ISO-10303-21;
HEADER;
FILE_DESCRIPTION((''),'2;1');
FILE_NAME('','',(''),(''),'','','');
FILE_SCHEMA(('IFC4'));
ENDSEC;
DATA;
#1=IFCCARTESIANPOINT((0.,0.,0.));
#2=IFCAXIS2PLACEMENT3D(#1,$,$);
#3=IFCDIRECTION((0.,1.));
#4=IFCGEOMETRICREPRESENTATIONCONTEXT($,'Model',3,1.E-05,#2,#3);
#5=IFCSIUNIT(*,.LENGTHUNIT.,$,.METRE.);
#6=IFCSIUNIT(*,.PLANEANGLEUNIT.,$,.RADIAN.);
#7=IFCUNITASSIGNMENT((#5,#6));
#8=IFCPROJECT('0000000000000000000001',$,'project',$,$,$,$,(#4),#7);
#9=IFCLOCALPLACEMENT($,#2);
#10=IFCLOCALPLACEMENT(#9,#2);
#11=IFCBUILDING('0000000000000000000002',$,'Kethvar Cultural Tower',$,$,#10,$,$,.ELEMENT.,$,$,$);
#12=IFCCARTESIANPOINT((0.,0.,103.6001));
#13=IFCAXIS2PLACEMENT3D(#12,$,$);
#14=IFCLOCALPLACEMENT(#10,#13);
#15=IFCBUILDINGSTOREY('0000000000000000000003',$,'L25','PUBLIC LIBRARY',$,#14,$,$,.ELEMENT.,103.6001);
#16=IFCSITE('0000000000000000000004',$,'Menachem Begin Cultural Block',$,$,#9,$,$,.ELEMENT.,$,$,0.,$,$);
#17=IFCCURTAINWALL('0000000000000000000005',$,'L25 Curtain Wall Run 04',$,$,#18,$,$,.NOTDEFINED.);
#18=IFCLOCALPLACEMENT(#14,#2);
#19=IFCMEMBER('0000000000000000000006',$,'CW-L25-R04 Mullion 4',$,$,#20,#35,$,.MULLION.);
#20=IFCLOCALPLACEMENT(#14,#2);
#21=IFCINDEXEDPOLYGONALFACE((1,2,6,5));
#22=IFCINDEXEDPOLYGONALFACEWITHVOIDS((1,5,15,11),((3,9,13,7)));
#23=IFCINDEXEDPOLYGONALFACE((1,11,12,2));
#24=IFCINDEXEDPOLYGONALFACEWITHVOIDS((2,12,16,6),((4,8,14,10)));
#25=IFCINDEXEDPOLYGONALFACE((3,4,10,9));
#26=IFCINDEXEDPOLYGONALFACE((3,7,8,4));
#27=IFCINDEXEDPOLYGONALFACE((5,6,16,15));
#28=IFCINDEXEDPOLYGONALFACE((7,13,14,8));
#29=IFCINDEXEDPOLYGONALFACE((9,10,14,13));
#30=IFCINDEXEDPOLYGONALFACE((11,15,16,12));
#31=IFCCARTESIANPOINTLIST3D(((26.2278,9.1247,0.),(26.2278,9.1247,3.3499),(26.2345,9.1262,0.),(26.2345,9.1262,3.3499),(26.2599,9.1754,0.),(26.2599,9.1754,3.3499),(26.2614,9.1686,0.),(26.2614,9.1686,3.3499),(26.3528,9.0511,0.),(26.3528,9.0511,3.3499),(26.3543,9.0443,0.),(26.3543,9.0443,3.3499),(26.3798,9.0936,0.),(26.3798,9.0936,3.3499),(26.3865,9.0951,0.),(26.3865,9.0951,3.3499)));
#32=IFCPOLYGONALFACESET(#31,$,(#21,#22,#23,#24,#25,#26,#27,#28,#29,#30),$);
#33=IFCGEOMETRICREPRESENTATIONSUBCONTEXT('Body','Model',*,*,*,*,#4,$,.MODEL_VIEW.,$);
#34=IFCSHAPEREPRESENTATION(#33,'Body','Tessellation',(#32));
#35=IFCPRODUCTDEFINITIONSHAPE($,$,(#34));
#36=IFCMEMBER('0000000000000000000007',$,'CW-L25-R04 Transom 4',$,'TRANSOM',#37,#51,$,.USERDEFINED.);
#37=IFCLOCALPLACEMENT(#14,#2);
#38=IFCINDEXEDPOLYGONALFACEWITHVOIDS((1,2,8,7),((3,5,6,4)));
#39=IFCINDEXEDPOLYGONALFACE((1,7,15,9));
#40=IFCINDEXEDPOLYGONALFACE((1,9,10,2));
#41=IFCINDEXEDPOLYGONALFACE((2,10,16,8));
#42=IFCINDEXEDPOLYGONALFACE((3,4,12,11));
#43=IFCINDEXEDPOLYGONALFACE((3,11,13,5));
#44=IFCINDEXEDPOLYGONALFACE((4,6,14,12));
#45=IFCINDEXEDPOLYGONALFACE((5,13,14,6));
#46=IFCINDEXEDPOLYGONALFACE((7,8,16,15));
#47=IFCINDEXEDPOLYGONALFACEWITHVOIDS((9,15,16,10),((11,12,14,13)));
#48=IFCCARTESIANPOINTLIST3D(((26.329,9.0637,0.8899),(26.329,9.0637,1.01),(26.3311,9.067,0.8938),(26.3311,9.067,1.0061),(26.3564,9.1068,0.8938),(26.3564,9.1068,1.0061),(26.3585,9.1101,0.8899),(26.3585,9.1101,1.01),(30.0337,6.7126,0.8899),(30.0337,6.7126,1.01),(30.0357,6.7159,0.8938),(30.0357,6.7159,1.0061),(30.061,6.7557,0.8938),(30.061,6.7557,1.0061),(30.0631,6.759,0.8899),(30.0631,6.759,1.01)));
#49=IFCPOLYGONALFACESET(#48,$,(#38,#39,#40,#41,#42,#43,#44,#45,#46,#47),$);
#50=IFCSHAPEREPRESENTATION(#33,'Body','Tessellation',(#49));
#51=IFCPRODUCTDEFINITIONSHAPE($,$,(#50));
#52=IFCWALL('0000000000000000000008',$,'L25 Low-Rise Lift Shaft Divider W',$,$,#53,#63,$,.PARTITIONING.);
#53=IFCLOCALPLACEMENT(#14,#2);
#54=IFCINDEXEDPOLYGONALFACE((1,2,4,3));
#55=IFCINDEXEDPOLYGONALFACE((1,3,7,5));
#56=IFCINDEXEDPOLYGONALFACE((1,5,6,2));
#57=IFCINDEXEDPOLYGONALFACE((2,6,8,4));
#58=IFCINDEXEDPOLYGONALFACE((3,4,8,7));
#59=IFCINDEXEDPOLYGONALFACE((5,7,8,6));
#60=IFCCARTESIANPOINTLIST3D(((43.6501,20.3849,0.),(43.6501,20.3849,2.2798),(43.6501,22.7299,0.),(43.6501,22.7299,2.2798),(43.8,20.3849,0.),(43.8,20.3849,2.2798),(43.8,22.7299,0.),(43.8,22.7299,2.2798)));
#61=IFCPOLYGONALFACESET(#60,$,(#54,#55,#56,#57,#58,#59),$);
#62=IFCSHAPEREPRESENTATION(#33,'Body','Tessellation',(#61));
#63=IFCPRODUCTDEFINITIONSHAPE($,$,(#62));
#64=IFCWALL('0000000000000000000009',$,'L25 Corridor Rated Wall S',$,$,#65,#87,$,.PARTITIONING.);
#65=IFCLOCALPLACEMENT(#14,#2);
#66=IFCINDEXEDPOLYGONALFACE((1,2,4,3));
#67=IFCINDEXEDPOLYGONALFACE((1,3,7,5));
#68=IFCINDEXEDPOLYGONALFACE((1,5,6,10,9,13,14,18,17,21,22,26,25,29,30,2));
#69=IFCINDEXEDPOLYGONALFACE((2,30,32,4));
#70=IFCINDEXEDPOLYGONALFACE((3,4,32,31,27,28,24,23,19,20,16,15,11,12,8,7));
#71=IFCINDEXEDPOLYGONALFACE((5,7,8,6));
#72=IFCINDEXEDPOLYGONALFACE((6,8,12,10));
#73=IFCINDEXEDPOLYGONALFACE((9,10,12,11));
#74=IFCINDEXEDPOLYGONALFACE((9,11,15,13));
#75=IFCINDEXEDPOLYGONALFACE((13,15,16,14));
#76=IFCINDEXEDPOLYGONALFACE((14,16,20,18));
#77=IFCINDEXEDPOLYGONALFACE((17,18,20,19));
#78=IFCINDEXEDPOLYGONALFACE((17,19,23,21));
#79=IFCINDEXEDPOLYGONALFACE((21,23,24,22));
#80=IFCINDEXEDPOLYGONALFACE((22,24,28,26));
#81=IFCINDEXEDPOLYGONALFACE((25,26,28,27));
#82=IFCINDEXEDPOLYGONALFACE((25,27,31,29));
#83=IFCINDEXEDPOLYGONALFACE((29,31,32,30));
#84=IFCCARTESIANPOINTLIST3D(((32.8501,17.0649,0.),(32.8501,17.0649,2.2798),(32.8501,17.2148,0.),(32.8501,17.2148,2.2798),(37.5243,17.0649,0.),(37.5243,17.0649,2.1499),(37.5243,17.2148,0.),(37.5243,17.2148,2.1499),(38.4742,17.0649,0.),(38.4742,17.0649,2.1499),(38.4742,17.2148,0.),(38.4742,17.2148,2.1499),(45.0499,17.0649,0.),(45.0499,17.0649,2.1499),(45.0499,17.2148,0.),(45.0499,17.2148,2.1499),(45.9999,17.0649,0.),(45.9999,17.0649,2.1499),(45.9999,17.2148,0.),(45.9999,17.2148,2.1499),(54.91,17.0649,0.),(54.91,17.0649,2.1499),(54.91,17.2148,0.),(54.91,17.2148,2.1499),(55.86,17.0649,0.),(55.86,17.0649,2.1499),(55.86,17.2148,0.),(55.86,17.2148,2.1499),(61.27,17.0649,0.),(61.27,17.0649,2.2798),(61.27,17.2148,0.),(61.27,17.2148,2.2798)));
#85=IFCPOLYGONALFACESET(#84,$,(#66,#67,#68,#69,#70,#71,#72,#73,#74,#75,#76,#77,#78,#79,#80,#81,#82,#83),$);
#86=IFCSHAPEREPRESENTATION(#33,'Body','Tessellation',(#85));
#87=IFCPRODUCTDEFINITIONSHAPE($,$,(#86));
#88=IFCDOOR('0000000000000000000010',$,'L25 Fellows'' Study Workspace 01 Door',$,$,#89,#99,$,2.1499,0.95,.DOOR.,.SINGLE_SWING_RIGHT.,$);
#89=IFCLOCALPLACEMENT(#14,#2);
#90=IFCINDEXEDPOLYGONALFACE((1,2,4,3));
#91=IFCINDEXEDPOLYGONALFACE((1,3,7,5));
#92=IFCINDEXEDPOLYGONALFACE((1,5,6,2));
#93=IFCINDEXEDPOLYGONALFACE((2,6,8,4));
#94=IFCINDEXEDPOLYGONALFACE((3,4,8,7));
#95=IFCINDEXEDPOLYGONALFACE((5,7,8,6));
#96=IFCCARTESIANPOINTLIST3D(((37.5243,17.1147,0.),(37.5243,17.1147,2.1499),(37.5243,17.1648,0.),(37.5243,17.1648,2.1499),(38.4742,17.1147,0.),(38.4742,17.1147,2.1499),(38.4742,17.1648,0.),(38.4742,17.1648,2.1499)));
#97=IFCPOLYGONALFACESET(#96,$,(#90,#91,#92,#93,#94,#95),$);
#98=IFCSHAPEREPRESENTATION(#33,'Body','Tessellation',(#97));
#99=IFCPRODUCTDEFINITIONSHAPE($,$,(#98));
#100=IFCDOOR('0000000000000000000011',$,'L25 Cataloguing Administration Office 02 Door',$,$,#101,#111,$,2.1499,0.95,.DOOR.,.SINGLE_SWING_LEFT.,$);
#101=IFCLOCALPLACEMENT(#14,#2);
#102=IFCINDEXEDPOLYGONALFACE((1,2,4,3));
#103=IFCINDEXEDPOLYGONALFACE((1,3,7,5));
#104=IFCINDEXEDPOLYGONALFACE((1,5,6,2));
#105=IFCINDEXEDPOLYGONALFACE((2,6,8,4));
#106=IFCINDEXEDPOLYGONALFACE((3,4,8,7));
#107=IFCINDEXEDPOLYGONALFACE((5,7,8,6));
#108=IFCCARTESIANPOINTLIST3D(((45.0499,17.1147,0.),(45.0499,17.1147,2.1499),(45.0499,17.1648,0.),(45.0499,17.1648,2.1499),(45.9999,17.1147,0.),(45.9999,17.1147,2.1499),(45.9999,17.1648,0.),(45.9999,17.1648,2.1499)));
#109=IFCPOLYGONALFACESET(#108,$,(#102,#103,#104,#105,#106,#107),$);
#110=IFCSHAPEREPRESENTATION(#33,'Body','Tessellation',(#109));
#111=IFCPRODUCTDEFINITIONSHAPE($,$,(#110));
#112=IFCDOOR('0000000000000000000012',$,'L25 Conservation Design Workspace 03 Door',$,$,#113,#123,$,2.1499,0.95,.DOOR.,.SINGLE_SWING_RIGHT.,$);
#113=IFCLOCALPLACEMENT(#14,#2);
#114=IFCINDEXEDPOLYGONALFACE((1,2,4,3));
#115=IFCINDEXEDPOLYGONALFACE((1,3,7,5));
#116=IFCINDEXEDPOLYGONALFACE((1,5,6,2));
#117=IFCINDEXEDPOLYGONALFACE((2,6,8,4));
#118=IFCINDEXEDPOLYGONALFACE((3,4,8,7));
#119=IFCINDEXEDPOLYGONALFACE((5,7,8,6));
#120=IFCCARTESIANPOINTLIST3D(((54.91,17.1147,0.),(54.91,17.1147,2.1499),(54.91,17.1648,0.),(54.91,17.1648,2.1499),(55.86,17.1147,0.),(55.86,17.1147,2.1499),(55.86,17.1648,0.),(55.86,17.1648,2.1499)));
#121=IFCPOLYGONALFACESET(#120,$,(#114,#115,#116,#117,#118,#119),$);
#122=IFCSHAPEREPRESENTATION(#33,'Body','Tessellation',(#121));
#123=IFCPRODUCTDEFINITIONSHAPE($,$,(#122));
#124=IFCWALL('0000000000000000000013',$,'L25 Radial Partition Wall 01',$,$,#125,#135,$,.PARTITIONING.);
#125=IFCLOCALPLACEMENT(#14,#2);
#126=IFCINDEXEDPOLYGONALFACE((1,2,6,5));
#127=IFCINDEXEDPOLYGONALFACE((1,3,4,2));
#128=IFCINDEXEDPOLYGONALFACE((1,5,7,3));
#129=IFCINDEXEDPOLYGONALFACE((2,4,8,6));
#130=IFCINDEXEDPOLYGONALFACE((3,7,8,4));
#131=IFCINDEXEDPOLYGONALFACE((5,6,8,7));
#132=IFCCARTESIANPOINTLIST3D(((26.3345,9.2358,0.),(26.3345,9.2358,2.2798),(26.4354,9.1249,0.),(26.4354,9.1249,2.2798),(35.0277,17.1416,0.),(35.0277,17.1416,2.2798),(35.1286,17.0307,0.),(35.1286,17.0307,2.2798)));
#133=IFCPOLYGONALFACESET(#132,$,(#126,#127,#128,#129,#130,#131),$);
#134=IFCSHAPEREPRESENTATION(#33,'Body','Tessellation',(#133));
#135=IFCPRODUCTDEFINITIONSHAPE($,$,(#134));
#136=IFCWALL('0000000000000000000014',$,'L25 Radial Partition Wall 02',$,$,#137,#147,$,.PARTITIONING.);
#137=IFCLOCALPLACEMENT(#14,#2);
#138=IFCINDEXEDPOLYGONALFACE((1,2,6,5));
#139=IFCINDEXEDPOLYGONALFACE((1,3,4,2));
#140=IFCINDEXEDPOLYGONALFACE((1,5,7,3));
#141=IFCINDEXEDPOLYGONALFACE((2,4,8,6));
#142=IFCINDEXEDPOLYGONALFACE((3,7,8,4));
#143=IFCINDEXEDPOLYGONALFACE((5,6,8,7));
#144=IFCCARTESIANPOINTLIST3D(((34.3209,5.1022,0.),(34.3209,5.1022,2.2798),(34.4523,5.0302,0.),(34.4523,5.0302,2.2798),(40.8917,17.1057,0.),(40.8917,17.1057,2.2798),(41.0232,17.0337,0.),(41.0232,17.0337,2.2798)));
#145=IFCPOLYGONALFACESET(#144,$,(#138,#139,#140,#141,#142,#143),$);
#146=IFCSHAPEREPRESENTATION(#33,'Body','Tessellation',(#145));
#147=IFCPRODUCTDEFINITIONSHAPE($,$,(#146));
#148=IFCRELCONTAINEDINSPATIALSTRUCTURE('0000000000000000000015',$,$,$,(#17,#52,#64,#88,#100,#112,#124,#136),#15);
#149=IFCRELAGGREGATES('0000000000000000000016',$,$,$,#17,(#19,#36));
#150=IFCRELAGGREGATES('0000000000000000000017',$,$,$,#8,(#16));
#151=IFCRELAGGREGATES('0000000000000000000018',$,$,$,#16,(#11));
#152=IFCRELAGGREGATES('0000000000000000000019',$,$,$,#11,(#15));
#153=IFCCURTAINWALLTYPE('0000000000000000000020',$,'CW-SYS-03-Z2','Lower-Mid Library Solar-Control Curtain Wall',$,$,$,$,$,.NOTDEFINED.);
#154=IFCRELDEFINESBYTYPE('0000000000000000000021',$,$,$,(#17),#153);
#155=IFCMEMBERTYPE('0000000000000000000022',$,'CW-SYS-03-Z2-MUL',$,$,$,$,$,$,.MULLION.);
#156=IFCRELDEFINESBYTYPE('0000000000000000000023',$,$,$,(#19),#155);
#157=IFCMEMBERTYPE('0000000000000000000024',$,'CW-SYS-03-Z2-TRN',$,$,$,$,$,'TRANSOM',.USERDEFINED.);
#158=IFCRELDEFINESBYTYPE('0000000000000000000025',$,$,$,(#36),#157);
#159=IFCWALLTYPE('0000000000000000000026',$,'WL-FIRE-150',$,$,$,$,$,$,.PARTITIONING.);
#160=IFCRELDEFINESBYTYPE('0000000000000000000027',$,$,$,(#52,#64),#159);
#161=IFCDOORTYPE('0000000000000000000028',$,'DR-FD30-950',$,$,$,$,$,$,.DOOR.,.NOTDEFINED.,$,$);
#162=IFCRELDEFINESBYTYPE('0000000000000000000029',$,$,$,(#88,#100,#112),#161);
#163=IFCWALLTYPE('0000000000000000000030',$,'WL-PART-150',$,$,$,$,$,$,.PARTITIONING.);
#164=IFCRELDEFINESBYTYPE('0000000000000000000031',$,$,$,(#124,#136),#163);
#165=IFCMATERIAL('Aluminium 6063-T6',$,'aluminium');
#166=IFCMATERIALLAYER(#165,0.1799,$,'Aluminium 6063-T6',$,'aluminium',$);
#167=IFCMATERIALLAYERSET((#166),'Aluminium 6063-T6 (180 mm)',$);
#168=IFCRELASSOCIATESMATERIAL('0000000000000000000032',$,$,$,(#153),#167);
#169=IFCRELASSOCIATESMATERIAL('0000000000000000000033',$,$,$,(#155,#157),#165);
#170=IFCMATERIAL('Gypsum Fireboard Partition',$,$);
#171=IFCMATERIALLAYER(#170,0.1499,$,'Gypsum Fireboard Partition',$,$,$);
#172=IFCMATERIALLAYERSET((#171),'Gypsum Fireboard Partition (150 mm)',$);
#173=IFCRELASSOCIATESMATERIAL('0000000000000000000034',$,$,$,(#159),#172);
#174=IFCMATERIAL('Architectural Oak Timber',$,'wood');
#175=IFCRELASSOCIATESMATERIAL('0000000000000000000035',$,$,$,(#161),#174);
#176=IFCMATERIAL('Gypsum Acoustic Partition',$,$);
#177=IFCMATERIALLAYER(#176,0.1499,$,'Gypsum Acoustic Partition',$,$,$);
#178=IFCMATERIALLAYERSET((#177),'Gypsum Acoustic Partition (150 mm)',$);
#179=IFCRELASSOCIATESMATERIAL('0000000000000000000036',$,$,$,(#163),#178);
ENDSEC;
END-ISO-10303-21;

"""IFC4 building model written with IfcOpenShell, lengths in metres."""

from ifc_helpers import new_model, si_unit, direction, frame, frame_2d, origin, origin_2d, place, context, subcontext, project, spatial, rectangle, hollow_rectangle, extrude, source, transform, mapped, material, layer, layer_set, material_profile, profile_set, type_object, element, fill, aggregate, save


model = new_model("IFC4")

# Units and contexts
model_context = context("Model", 3, precision=1e-05, world=origin(), true_north=direction((0.0, 1.0)))
body_context = subcontext(model_context, "Body", "Model", "MODEL_VIEW")
ifc_project = project(units=[si_unit("LENGTHUNIT", "METRE"), si_unit("PLANEANGLEUNIT", "RADIAN")], contexts=[model_context])

# Site, building, storey
site_placement = place(None, origin())
site = spatial("IfcSite", under=ifc_project, at=site_placement, Name="Menachem Begin Cultural Block", CompositionType="ELEMENT", RefElevation=0.0)
building_placement = place(site_placement, origin())
building = spatial("IfcBuilding", under=site, at=building_placement, Name="Kethvar Cultural Tower", CompositionType="ELEMENT")
storey_placement = place(building_placement, frame((0.0, 0.0, 103.6001)))
storey = spatial("IfcBuildingStorey", under=building, at=storey_placement, Name="L25", Description="PUBLIC LIBRARY", CompositionType="ELEMENT", Elevation=103.6001)

# Curtain wall, members
ifc_material_1 = material(Name="Aluminium 6063-T6", Category="aluminium")
ifc_layer_1 = layer(ifc_material_1, 0.1799, Name="Aluminium 6063-T6", Category="aluminium")
ifc_layer_set_1 = layer_set([ifc_layer_1], Name="Aluminium 6063-T6 (180 mm)")
curtain_wall_type = type_object("IfcCurtainWallType", Name="CW-SYS-03-Z2", Description="Lower-Mid Library Solar-Control Curtain Wall", PredefinedType="NOTDEFINED", material=ifc_layer_set_1)
curtain_wall_placement = place(storey_placement, origin())
curtain_wall = element("IfcCurtainWall", 1, at=curtain_wall_placement, inside=storey, type_object=curtain_wall_type, Name="L25 Curtain Wall Run 04", PredefinedType="NOTDEFINED")
ifc_material_profile_1 = material_profile(ifc_material_1, hollow_rectangle(XDim=0.0601, YDim=0.1499, WallThickness=0.0049, at=origin_2d()), Name="Aluminium 6063-T6 — RHS150x60x5")
ifc_profile_set_1 = profile_set([ifc_material_profile_1], Name="Aluminium 6063-T6 — RHS150x60x5")
member_type_1 = type_object("IfcMemberType", Name="CW-SYS-03-Z2-MUL", PredefinedType="MULLION", material=ifc_profile_set_1)
shared_shape_1 = source(origin(), body_context, "Body", "SweptSolid", [
    extrude(hollow_rectangle(XDim=0.0601, YDim=0.1499, WallThickness=0.0049, at=origin_2d()), origin(), (0.0, 0.0, 1.0), 3.3499),
])
member_1_placement = place(storey_placement, frame((26.3071, 9.1099, 0.0), z_axis=(0.0, 0.0, 1.0), x_axis=(0.535797, 0.844347, 0.0)))
member_1 = element("IfcMember", 2, at=member_1_placement, type_object=member_type_1, Name="CW-L25-R04 Mullion 4", PredefinedType="MULLION", context=body_context, shape_type="MappedRepresentation", body=[
    mapped(shared_shape_1, transform((0.0, 0.0, 0.0), scale=1.0)),
])
ifc_material_profile_2 = material_profile(ifc_material_1, hollow_rectangle(XDim=0.0549, YDim=0.1201, WallThickness=0.0039, at=origin_2d()), Name="Aluminium 6063-T6 — RHS120x55x4")
ifc_profile_set_2 = profile_set([ifc_material_profile_2], Name="Aluminium 6063-T6 — RHS120x55x4")
member_type_2 = type_object("IfcMemberType", Name="CW-SYS-03-Z2-TRN", ElementType="TRANSOM", PredefinedType="USERDEFINED", material=ifc_profile_set_2)
shared_shape_2 = source(origin(), body_context, "Body", "SweptSolid", [
    extrude(hollow_rectangle(XDim=0.0549, YDim=0.1201, WallThickness=0.0039, at=origin_2d()), origin(), (0.0, 0.0, 1.0), 4.3877),
])
member_2_placement = place(storey_placement, frame((26.3438, 9.0869, 0.95), z_axis=(0.844321, -0.535838, 0.0), x_axis=(0.535838, 0.844321, 0.0)))
member_2 = element("IfcMember", 3, at=member_2_placement, type_object=member_type_2, Name="CW-L25-R04 Transom 4", ObjectType="TRANSOM", PredefinedType="USERDEFINED", context=body_context, shape_type="MappedRepresentation", body=[
    mapped(shared_shape_2, transform((0.0, 0.0, 0.0), scale=1.0)),
])
aggregate(curtain_wall, [member_1, member_2])

# Wall
ifc_material_2 = material(Name="Gypsum Fireboard Partition")
ifc_layer_2 = layer(ifc_material_2, 0.1499, Name="Gypsum Fireboard Partition")
ifc_layer_set_2 = layer_set([ifc_layer_2], Name="Gypsum Fireboard Partition (150 mm)")
wall_type_1 = type_object("IfcWallType", Name="WL-FIRE-150", PredefinedType="PARTITIONING", material=ifc_layer_set_2)
wall_1_placement = place(storey_placement, frame((43.7251, 20.385, 0.0), z_axis=(0.0, 0.0, 1.0), x_axis=(0.0, 1.0, 0.0)))
element("IfcWall", 4, at=wall_1_placement, inside=storey, type_object=wall_type_1, Name="L25 Low-Rise Lift Shaft Divider W", PredefinedType="PARTITIONING", context=body_context, shape_type="SweptSolid", body=[
    extrude(rectangle(XDim=2.345, YDim=0.1499, at=frame_2d((1.1724, 0.0))), origin(), (0.0, 0.0, 1.0), 2.2798),
])

# Wall, openings, doors
wall_2_placement = place(storey_placement, frame((32.8501, 17.1399, 0.0), z_axis=(0.0, 0.0, 1.0), x_axis=(1.0, 0.0, 0.0)))
wall_2 = element("IfcWall", 5, at=wall_2_placement, inside=storey, type_object=wall_type_1, Name="L25 Corridor Rated Wall S", PredefinedType="PARTITIONING", context=body_context, shape_type="SweptSolid", body=[
    extrude(rectangle(XDim=28.4199, YDim=0.1499, at=frame_2d((14.21, 0.0))), origin(), (0.0, 0.0, 1.0), 2.2798),
])
opening_1_placement = place(wall_2_placement, frame((4.6741, 0.0, 0.0)))
opening_1 = element("IfcOpeningElement", 6, at=opening_1_placement, cuts=wall_2, PredefinedType="OPENING", context=body_context, shape_type="SweptSolid", body=[
    extrude(rectangle(XDim=0.95, YDim=2.1499, at=frame_2d((0.4751, 1.075))), frame((0.0, 0.085, 0.0), z_axis=(0.0, -1.0, 0.0), x_axis=(1.0, 0.0, 0.0)), (0.0, 0.0, 1.0), 0.1699),
])
opening_2_placement = place(wall_2_placement, frame((12.1997, 0.0, 0.0)))
opening_2 = element("IfcOpeningElement", 7, at=opening_2_placement, cuts=wall_2, PredefinedType="OPENING", context=body_context, shape_type="SweptSolid", body=[
    extrude(rectangle(XDim=0.95, YDim=2.1499, at=frame_2d((0.4751, 1.075))), frame((0.0, 0.085, 0.0), z_axis=(0.0, -1.0, 0.0), x_axis=(1.0, 0.0, 0.0)), (0.0, 0.0, 1.0), 0.1699),
])
opening_3_placement = place(wall_2_placement, frame((22.0598, 0.0, 0.0)))
opening_3 = element("IfcOpeningElement", 8, at=opening_3_placement, cuts=wall_2, PredefinedType="OPENING", context=body_context, shape_type="SweptSolid", body=[
    extrude(rectangle(XDim=0.95, YDim=2.1499, at=frame_2d((0.4751, 1.075))), frame((0.0, 0.085, 0.0), z_axis=(0.0, -1.0, 0.0), x_axis=(1.0, 0.0, 0.0)), (0.0, 0.0, 1.0), 0.1699),
])
ifc_material_3 = material(Name="Architectural Oak Timber", Category="wood")
door_type_1 = type_object("IfcDoorType", Name="DR-FD30-950", OperationType="NOTDEFINED", PredefinedType="DOOR", material=ifc_material_3)
shared_shape_3 = source(origin(), body_context, "Body", "SweptSolid", [
    extrude(rectangle(XDim=0.95, YDim=2.1499, at=frame_2d((0.4751, 1.075))), frame((0.0, 0.0249, 0.0), z_axis=(0.0, -1.0, 0.0), x_axis=(1.0, 0.0, 0.0)), (0.0, 0.0, 1.0), 0.05),
])
door_1_placement = place(opening_1_placement, origin())
door_1 = element("IfcDoor", 9, at=door_1_placement, inside=storey, type_object=door_type_1, Name="L25 Fellows' Study Workspace 01 Door", OperationType="SINGLE_SWING_RIGHT", OverallHeight=2.1499, OverallWidth=0.95, PredefinedType="DOOR", context=body_context, shape_type="MappedRepresentation", body=[
    mapped(shared_shape_3, transform((0.0, 0.0, 0.0), scale=1.0)),
])
fill(opening_1, door_1)
door_2_placement = place(opening_2_placement, origin())
door_2 = element("IfcDoor", 10, at=door_2_placement, inside=storey, type_object=door_type_1, Name="L25 Cataloguing Administration Office 02 Door", OperationType="SINGLE_SWING_LEFT", OverallHeight=2.1499, OverallWidth=0.95, PredefinedType="DOOR", context=body_context, shape_type="MappedRepresentation", body=[
    mapped(shared_shape_3, transform((0.0, 0.0, 0.0), scale=1.0)),
])
fill(opening_2, door_2)
door_3_placement = place(opening_3_placement, origin())
door_3 = element("IfcDoor", 11, at=door_3_placement, inside=storey, type_object=door_type_1, Name="L25 Conservation Design Workspace 03 Door", OperationType="SINGLE_SWING_RIGHT", OverallHeight=2.1499, OverallWidth=0.95, PredefinedType="DOOR", context=body_context, shape_type="MappedRepresentation", body=[
    mapped(shared_shape_3, transform((0.0, 0.0, 0.0), scale=1.0)),
])
fill(opening_3, door_3)

# Walls
ifc_material_4 = material(Name="Gypsum Acoustic Partition")
ifc_layer_3 = layer(ifc_material_4, 0.1499, Name="Gypsum Acoustic Partition")
ifc_layer_set_3 = layer_set([ifc_layer_3], Name="Gypsum Acoustic Partition (150 mm)")
wall_type_2 = type_object("IfcWallType", Name="WL-PART-150", PredefinedType="PARTITIONING", material=ifc_layer_set_3)
wall_3_placement = place(storey_placement, frame((35.0781, 17.0862, 0.0), z_axis=(0.0, 0.0, 1.0), x_axis=(-0.739816, -0.672809, 0.0)))
element("IfcWall", 12, at=wall_3_placement, inside=storey, type_object=wall_type_2, Name="L25 Radial Partition Wall 01", PredefinedType="PARTITIONING", context=body_context, shape_type="SweptSolid", body=[
    extrude(rectangle(XDim=11.7505, YDim=0.1499, at=frame_2d((5.8752, 0.0))), origin(), (0.0, 0.0, 1.0), 2.2798),
])
wall_4_placement = place(storey_placement, frame((40.9575, 17.0698, 0.0), z_axis=(0.0, 0.0, 1.0), x_axis=(-0.480174, -0.877173, 0.0)))
element("IfcWall", 13, at=wall_4_placement, inside=storey, type_object=wall_type_2, Name="L25 Radial Partition Wall 02", PredefinedType="PARTITIONING", context=body_context, shape_type="SweptSolid", body=[
    extrude(rectangle(XDim=13.6843, YDim=0.1499, at=frame_2d((6.8423, 0.0))), origin(), (0.0, 0.0, 1.0), 2.2798),
])

save(model, "model.ifc")
